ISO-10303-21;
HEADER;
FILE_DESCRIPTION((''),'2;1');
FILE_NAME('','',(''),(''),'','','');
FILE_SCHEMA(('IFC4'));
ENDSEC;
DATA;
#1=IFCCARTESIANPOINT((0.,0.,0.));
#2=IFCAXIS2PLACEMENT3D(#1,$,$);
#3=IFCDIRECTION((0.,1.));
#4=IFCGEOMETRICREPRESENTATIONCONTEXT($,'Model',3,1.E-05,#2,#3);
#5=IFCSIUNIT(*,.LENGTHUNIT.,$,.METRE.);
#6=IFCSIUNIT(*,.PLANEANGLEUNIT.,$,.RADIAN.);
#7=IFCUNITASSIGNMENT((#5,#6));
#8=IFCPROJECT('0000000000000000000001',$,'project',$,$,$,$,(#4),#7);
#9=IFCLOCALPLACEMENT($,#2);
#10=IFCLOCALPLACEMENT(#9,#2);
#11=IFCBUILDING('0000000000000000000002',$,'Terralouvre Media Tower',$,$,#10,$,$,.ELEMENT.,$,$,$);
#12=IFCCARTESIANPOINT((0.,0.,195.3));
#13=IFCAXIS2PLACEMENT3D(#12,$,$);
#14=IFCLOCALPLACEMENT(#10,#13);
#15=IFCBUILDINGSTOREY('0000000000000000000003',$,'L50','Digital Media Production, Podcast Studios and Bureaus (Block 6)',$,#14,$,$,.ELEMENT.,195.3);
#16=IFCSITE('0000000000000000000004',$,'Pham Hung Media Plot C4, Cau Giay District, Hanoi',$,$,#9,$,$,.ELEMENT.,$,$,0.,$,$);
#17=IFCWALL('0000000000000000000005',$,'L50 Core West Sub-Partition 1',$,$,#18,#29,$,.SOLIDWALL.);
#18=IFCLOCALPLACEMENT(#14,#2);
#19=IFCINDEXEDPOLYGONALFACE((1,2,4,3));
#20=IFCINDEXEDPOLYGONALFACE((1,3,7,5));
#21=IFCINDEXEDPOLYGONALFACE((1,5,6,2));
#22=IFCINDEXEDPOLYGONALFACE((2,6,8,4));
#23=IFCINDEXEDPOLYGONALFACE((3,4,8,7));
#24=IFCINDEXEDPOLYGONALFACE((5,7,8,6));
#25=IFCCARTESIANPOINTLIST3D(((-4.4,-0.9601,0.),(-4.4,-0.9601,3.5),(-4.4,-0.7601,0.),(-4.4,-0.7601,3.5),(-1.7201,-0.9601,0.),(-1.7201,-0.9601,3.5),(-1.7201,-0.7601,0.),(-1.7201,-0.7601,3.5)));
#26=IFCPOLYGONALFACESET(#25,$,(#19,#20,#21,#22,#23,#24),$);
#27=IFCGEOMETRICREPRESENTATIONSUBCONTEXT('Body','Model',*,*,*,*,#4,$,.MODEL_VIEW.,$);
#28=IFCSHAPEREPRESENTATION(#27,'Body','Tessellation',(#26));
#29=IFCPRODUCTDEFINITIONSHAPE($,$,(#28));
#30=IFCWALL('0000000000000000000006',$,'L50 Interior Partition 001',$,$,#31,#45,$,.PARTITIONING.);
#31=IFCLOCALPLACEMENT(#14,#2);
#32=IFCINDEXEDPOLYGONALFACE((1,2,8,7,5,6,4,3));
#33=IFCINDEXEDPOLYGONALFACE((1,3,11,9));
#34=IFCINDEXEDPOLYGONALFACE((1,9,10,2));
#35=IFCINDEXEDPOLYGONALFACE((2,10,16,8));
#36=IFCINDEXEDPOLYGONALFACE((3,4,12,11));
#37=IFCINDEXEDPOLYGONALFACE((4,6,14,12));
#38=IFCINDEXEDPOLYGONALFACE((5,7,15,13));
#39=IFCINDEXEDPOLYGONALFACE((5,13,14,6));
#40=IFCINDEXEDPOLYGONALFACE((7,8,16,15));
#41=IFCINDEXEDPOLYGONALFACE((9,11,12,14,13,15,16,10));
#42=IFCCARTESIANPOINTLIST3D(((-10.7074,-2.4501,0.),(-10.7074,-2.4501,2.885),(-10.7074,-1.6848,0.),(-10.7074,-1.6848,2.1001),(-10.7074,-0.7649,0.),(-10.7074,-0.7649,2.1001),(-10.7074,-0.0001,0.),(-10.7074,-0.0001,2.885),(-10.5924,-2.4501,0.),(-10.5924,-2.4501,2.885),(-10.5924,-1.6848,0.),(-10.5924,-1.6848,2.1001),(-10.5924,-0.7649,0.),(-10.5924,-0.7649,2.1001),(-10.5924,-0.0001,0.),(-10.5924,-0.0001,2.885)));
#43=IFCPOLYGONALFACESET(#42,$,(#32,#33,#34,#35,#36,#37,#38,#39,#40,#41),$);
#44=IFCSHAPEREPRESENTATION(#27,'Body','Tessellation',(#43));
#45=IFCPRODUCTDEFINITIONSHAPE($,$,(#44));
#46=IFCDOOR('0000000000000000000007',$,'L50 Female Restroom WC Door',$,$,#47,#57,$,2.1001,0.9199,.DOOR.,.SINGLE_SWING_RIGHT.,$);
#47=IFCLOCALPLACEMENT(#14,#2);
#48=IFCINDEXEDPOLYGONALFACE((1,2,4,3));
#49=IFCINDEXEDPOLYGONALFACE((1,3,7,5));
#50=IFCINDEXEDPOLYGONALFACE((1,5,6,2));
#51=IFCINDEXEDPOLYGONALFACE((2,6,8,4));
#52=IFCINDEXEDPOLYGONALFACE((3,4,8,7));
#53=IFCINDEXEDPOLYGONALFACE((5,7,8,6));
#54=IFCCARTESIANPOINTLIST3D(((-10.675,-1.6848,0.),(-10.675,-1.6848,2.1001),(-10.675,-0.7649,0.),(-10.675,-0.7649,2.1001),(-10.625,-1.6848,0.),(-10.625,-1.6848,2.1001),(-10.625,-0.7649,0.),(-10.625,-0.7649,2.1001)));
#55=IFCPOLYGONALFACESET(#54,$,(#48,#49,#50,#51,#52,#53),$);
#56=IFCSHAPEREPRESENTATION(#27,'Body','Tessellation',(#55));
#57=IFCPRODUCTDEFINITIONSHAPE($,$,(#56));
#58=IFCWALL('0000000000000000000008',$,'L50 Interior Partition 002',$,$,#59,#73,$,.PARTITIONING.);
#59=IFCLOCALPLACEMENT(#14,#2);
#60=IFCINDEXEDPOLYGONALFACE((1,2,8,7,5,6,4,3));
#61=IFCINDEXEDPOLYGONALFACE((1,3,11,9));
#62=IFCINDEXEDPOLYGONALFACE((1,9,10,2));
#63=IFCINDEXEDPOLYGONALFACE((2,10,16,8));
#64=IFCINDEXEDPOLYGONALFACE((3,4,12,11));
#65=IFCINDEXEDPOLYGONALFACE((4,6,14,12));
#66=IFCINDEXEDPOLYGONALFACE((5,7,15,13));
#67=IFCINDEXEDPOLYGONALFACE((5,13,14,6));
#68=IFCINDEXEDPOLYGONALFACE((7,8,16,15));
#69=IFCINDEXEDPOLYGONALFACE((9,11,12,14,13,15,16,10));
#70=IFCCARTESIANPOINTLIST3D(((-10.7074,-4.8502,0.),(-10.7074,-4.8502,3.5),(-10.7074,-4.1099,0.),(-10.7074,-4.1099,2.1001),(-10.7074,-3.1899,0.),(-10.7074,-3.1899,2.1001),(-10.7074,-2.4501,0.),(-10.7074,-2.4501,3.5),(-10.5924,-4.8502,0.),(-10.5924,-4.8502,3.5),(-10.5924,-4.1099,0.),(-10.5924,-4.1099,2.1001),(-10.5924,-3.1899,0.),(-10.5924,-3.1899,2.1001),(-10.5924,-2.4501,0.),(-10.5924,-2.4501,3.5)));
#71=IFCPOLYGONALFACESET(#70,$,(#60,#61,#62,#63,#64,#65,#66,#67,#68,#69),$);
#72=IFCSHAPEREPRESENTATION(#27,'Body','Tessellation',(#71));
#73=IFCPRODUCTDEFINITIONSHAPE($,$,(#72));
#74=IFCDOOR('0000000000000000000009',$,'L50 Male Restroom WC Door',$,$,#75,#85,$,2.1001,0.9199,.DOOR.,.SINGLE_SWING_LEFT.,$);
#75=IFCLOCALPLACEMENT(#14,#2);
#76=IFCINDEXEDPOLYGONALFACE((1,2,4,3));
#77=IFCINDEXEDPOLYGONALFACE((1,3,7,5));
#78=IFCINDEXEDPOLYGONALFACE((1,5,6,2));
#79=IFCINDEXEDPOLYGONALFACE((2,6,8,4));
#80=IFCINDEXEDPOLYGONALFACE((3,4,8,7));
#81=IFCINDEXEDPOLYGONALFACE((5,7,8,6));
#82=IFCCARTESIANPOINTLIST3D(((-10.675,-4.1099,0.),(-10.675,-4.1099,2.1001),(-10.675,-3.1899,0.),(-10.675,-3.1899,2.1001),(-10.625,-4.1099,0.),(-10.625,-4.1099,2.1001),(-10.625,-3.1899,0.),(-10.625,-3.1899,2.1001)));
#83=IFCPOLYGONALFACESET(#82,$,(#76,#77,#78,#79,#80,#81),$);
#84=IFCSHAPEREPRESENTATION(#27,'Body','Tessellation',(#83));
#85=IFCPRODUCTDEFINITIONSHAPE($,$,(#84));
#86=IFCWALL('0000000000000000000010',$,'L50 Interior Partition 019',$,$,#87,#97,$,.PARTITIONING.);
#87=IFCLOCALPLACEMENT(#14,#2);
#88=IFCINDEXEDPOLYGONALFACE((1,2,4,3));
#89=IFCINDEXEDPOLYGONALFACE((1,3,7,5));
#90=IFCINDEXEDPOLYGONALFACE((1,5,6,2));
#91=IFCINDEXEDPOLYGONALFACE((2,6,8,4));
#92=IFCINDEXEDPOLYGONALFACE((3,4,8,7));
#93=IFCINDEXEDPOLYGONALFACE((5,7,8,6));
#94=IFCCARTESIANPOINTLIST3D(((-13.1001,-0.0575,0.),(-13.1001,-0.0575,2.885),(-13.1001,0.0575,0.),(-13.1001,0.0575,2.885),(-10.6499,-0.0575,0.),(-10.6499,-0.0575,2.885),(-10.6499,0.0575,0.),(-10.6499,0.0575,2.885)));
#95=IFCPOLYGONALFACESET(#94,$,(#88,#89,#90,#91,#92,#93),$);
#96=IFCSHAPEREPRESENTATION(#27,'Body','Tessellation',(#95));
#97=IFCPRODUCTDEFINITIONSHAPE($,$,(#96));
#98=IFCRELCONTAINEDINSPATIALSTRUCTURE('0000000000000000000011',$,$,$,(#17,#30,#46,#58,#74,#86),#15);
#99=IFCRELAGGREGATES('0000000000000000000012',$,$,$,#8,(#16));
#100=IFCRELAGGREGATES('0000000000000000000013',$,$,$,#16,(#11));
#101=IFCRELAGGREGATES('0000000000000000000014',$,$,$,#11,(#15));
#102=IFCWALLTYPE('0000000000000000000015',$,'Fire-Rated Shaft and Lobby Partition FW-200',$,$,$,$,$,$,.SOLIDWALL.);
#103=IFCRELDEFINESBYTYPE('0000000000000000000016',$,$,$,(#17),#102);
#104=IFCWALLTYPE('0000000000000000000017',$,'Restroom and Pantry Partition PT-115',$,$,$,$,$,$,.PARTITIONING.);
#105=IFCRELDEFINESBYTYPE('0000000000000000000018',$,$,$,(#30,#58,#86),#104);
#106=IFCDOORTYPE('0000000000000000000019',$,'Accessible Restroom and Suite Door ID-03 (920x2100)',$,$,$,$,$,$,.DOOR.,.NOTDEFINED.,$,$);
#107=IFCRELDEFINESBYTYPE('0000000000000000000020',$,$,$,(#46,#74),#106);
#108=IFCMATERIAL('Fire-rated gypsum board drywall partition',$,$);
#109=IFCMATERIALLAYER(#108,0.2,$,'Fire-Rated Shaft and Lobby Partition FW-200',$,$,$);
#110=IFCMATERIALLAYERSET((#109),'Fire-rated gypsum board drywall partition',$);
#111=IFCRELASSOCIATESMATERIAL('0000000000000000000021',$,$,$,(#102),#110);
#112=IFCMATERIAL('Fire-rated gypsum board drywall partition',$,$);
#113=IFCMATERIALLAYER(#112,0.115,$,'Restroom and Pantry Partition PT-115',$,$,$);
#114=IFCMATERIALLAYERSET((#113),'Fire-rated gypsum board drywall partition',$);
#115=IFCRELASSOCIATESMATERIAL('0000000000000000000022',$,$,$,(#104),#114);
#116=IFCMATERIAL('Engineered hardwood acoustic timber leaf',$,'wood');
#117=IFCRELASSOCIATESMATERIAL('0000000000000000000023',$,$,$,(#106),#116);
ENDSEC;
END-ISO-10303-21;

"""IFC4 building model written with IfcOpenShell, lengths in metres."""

from ifc_helpers import new_model, si_unit, direction, frame, frame_2d, origin, place, context, subcontext, project, spatial, rectangle, extrude, material, layer, layer_set, type_object, element, fill, save


model = new_model("IFC4")

# Units and contexts
model_context = context("Model", 3, precision=1e-05, world=origin(), true_north=direction((0.0, 1.0)))
body_context = subcontext(model_context, "Body", "Model", "MODEL_VIEW")
ifc_project = project(units=[si_unit("LENGTHUNIT", "METRE"), si_unit("PLANEANGLEUNIT", "RADIAN")], contexts=[model_context])

# Site, building, storey
site_placement = place(None, origin())
site = spatial("IfcSite", under=ifc_project, at=site_placement, Name="Pham Hung Media Plot C4, Cau Giay District, Hanoi", CompositionType="ELEMENT", RefElevation=0.0)
building_placement = place(site_placement, origin())
building = spatial("IfcBuilding", under=site, at=building_placement, Name="Terralouvre Media Tower", CompositionType="ELEMENT")
storey_placement = place(building_placement, frame((0.0, 0.0, 195.3)))
storey = spatial("IfcBuildingStorey", under=building, at=storey_placement, Name="L50", Description="Digital Media Production, Podcast Studios and Bureaus (Block 6)", CompositionType="ELEMENT", Elevation=195.3)

# Wall
ifc_material_1 = material(Name="Fire-rated gypsum board drywall partition")
ifc_layer_1 = layer(ifc_material_1, 0.2, Name="Fire-Rated Shaft and Lobby Partition FW-200")
ifc_layer_set_1 = layer_set([ifc_layer_1], Name="Fire-rated gypsum board drywall partition")
wall_type_1 = type_object("IfcWallType", Name="Fire-Rated Shaft and Lobby Partition FW-200", PredefinedType="SOLIDWALL", material=ifc_layer_set_1)
wall_1_placement = place(storey_placement, frame((-4.3999, -0.8601, 0.0), z_axis=(0.0, 0.0, 1.0), x_axis=(1.0, 0.0, 0.0)))
element("IfcWall", 1, at=wall_1_placement, inside=storey, type_object=wall_type_1, Name="L50 Core West Sub-Partition 1", PredefinedType="SOLIDWALL", context=body_context, shape_type="SweptSolid", body=[
    extrude(rectangle(XDim=2.6799, YDim=0.2, at=frame_2d((1.3398, 0.0))), origin(), (0.0, 0.0, 1.0), 3.5),
])

# Walls, openings, doors
ifc_material_2 = material(Name="Fire-rated gypsum board drywall partition")
ifc_layer_2 = layer(ifc_material_2, 0.115, Name="Restroom and Pantry Partition PT-115")
ifc_layer_set_2 = layer_set([ifc_layer_2], Name="Fire-rated gypsum board drywall partition")
wall_type_2 = type_object("IfcWallType", Name="Restroom and Pantry Partition PT-115", PredefinedType="PARTITIONING", material=ifc_layer_set_2)
wall_2_placement = place(storey_placement, frame((-10.6499, 0.0, 0.0), z_axis=(0.0, 0.0, 1.0), x_axis=(0.0, -1.0, 0.0)))
wall_2 = element("IfcWall", 2, at=wall_2_placement, inside=storey, type_object=wall_type_2, Name="L50 Interior Partition 001", PredefinedType="PARTITIONING", context=body_context, shape_type="SweptSolid", body=[
    extrude(rectangle(XDim=2.45, YDim=0.115, at=frame_2d((1.2251, 0.0))), origin(), (0.0, 0.0, 1.0), 2.885),
])
opening_1_placement = place(wall_2_placement, frame((0.7649, 0.0, 0.0)))
opening_1 = element("IfcOpeningElement", 3, at=opening_1_placement, cuts=wall_2, PredefinedType="OPENING", context=body_context, shape_type="SweptSolid", body=[
    extrude(rectangle(XDim=0.9199, YDim=2.1001, at=frame_2d((0.46, 1.05))), frame((0.0, 0.0674, 0.0), z_axis=(0.0, -1.0, 0.0), x_axis=(1.0, 0.0, 0.0)), (0.0, 0.0, 1.0), 0.135),
])
ifc_material_3 = material(Name="Engineered hardwood acoustic timber leaf", Category="wood")
door_type_1 = type_object("IfcDoorType", Name="Accessible Restroom and Suite Door ID-03 (920x2100)", OperationType="NOTDEFINED", PredefinedType="DOOR", material=ifc_material_3)
door_1_placement = place(opening_1_placement, origin())
door_1 = element("IfcDoor", 4, at=door_1_placement, inside=storey, type_object=door_type_1, Name="L50 Female Restroom WC Door", OperationType="SINGLE_SWING_RIGHT", OverallHeight=2.1001, OverallWidth=0.9199, PredefinedType="DOOR", context=body_context, shape_type="SweptSolid", body=[
    extrude(rectangle(XDim=0.9199, YDim=2.1001, at=frame_2d((0.46, 1.05))), frame((0.0, 0.0249, 0.0), z_axis=(0.0, -1.0, 0.0), x_axis=(1.0, 0.0, 0.0)), (0.0, 0.0, 1.0), 0.05),
])
fill(opening_1, door_1)
wall_3_placement = place(storey_placement, frame((-10.6499, -2.45, 0.0), z_axis=(0.0, 0.0, 1.0), x_axis=(0.0, -1.0, 0.0)))
wall_3 = element("IfcWall", 5, at=wall_3_placement, inside=storey, type_object=wall_type_2, Name="L50 Interior Partition 002", PredefinedType="PARTITIONING", context=body_context, shape_type="SweptSolid", body=[
    extrude(rectangle(XDim=2.4001, YDim=0.115, at=frame_2d((1.2002, 0.0))), origin(), (0.0, 0.0, 1.0), 3.5),
])
opening_2_placement = place(wall_3_placement, frame((0.74, 0.0, 0.0)))
opening_2 = element("IfcOpeningElement", 6, at=opening_2_placement, cuts=wall_3, PredefinedType="OPENING", context=body_context, shape_type="SweptSolid", body=[
    extrude(rectangle(XDim=0.9199, YDim=2.1001, at=frame_2d((0.46, 1.05))), frame((0.0, 0.0674, 0.0), z_axis=(0.0, -1.0, 0.0), x_axis=(1.0, 0.0, 0.0)), (0.0, 0.0, 1.0), 0.135),
])
door_2_placement = place(opening_2_placement, origin())
door_2 = element("IfcDoor", 7, at=door_2_placement, inside=storey, type_object=door_type_1, Name="L50 Male Restroom WC Door", OperationType="SINGLE_SWING_LEFT", OverallHeight=2.1001, OverallWidth=0.9199, PredefinedType="DOOR", context=body_context, shape_type="SweptSolid", body=[
    extrude(rectangle(XDim=0.9199, YDim=2.1001, at=frame_2d((0.46, 1.05))), frame((0.0, 0.0249, 0.0), z_axis=(0.0, -1.0, 0.0), x_axis=(1.0, 0.0, 0.0)), (0.0, 0.0, 1.0), 0.05),
])
fill(opening_2, door_2)

# Wall
wall_4_placement = place(storey_placement, frame((-10.6499, 0.0, 0.0), z_axis=(0.0, 0.0, 1.0), x_axis=(-1.0, 0.0, 0.0)))
element("IfcWall", 8, at=wall_4_placement, inside=storey, type_object=wall_type_2, Name="L50 Interior Partition 019", PredefinedType="PARTITIONING", context=body_context, shape_type="SweptSolid", body=[
    extrude(rectangle(XDim=2.4502, YDim=0.115, at=frame_2d((1.2251, 0.0))), origin(), (0.0, 0.0, 1.0), 2.885),
])

save(model, "model.ifc")
